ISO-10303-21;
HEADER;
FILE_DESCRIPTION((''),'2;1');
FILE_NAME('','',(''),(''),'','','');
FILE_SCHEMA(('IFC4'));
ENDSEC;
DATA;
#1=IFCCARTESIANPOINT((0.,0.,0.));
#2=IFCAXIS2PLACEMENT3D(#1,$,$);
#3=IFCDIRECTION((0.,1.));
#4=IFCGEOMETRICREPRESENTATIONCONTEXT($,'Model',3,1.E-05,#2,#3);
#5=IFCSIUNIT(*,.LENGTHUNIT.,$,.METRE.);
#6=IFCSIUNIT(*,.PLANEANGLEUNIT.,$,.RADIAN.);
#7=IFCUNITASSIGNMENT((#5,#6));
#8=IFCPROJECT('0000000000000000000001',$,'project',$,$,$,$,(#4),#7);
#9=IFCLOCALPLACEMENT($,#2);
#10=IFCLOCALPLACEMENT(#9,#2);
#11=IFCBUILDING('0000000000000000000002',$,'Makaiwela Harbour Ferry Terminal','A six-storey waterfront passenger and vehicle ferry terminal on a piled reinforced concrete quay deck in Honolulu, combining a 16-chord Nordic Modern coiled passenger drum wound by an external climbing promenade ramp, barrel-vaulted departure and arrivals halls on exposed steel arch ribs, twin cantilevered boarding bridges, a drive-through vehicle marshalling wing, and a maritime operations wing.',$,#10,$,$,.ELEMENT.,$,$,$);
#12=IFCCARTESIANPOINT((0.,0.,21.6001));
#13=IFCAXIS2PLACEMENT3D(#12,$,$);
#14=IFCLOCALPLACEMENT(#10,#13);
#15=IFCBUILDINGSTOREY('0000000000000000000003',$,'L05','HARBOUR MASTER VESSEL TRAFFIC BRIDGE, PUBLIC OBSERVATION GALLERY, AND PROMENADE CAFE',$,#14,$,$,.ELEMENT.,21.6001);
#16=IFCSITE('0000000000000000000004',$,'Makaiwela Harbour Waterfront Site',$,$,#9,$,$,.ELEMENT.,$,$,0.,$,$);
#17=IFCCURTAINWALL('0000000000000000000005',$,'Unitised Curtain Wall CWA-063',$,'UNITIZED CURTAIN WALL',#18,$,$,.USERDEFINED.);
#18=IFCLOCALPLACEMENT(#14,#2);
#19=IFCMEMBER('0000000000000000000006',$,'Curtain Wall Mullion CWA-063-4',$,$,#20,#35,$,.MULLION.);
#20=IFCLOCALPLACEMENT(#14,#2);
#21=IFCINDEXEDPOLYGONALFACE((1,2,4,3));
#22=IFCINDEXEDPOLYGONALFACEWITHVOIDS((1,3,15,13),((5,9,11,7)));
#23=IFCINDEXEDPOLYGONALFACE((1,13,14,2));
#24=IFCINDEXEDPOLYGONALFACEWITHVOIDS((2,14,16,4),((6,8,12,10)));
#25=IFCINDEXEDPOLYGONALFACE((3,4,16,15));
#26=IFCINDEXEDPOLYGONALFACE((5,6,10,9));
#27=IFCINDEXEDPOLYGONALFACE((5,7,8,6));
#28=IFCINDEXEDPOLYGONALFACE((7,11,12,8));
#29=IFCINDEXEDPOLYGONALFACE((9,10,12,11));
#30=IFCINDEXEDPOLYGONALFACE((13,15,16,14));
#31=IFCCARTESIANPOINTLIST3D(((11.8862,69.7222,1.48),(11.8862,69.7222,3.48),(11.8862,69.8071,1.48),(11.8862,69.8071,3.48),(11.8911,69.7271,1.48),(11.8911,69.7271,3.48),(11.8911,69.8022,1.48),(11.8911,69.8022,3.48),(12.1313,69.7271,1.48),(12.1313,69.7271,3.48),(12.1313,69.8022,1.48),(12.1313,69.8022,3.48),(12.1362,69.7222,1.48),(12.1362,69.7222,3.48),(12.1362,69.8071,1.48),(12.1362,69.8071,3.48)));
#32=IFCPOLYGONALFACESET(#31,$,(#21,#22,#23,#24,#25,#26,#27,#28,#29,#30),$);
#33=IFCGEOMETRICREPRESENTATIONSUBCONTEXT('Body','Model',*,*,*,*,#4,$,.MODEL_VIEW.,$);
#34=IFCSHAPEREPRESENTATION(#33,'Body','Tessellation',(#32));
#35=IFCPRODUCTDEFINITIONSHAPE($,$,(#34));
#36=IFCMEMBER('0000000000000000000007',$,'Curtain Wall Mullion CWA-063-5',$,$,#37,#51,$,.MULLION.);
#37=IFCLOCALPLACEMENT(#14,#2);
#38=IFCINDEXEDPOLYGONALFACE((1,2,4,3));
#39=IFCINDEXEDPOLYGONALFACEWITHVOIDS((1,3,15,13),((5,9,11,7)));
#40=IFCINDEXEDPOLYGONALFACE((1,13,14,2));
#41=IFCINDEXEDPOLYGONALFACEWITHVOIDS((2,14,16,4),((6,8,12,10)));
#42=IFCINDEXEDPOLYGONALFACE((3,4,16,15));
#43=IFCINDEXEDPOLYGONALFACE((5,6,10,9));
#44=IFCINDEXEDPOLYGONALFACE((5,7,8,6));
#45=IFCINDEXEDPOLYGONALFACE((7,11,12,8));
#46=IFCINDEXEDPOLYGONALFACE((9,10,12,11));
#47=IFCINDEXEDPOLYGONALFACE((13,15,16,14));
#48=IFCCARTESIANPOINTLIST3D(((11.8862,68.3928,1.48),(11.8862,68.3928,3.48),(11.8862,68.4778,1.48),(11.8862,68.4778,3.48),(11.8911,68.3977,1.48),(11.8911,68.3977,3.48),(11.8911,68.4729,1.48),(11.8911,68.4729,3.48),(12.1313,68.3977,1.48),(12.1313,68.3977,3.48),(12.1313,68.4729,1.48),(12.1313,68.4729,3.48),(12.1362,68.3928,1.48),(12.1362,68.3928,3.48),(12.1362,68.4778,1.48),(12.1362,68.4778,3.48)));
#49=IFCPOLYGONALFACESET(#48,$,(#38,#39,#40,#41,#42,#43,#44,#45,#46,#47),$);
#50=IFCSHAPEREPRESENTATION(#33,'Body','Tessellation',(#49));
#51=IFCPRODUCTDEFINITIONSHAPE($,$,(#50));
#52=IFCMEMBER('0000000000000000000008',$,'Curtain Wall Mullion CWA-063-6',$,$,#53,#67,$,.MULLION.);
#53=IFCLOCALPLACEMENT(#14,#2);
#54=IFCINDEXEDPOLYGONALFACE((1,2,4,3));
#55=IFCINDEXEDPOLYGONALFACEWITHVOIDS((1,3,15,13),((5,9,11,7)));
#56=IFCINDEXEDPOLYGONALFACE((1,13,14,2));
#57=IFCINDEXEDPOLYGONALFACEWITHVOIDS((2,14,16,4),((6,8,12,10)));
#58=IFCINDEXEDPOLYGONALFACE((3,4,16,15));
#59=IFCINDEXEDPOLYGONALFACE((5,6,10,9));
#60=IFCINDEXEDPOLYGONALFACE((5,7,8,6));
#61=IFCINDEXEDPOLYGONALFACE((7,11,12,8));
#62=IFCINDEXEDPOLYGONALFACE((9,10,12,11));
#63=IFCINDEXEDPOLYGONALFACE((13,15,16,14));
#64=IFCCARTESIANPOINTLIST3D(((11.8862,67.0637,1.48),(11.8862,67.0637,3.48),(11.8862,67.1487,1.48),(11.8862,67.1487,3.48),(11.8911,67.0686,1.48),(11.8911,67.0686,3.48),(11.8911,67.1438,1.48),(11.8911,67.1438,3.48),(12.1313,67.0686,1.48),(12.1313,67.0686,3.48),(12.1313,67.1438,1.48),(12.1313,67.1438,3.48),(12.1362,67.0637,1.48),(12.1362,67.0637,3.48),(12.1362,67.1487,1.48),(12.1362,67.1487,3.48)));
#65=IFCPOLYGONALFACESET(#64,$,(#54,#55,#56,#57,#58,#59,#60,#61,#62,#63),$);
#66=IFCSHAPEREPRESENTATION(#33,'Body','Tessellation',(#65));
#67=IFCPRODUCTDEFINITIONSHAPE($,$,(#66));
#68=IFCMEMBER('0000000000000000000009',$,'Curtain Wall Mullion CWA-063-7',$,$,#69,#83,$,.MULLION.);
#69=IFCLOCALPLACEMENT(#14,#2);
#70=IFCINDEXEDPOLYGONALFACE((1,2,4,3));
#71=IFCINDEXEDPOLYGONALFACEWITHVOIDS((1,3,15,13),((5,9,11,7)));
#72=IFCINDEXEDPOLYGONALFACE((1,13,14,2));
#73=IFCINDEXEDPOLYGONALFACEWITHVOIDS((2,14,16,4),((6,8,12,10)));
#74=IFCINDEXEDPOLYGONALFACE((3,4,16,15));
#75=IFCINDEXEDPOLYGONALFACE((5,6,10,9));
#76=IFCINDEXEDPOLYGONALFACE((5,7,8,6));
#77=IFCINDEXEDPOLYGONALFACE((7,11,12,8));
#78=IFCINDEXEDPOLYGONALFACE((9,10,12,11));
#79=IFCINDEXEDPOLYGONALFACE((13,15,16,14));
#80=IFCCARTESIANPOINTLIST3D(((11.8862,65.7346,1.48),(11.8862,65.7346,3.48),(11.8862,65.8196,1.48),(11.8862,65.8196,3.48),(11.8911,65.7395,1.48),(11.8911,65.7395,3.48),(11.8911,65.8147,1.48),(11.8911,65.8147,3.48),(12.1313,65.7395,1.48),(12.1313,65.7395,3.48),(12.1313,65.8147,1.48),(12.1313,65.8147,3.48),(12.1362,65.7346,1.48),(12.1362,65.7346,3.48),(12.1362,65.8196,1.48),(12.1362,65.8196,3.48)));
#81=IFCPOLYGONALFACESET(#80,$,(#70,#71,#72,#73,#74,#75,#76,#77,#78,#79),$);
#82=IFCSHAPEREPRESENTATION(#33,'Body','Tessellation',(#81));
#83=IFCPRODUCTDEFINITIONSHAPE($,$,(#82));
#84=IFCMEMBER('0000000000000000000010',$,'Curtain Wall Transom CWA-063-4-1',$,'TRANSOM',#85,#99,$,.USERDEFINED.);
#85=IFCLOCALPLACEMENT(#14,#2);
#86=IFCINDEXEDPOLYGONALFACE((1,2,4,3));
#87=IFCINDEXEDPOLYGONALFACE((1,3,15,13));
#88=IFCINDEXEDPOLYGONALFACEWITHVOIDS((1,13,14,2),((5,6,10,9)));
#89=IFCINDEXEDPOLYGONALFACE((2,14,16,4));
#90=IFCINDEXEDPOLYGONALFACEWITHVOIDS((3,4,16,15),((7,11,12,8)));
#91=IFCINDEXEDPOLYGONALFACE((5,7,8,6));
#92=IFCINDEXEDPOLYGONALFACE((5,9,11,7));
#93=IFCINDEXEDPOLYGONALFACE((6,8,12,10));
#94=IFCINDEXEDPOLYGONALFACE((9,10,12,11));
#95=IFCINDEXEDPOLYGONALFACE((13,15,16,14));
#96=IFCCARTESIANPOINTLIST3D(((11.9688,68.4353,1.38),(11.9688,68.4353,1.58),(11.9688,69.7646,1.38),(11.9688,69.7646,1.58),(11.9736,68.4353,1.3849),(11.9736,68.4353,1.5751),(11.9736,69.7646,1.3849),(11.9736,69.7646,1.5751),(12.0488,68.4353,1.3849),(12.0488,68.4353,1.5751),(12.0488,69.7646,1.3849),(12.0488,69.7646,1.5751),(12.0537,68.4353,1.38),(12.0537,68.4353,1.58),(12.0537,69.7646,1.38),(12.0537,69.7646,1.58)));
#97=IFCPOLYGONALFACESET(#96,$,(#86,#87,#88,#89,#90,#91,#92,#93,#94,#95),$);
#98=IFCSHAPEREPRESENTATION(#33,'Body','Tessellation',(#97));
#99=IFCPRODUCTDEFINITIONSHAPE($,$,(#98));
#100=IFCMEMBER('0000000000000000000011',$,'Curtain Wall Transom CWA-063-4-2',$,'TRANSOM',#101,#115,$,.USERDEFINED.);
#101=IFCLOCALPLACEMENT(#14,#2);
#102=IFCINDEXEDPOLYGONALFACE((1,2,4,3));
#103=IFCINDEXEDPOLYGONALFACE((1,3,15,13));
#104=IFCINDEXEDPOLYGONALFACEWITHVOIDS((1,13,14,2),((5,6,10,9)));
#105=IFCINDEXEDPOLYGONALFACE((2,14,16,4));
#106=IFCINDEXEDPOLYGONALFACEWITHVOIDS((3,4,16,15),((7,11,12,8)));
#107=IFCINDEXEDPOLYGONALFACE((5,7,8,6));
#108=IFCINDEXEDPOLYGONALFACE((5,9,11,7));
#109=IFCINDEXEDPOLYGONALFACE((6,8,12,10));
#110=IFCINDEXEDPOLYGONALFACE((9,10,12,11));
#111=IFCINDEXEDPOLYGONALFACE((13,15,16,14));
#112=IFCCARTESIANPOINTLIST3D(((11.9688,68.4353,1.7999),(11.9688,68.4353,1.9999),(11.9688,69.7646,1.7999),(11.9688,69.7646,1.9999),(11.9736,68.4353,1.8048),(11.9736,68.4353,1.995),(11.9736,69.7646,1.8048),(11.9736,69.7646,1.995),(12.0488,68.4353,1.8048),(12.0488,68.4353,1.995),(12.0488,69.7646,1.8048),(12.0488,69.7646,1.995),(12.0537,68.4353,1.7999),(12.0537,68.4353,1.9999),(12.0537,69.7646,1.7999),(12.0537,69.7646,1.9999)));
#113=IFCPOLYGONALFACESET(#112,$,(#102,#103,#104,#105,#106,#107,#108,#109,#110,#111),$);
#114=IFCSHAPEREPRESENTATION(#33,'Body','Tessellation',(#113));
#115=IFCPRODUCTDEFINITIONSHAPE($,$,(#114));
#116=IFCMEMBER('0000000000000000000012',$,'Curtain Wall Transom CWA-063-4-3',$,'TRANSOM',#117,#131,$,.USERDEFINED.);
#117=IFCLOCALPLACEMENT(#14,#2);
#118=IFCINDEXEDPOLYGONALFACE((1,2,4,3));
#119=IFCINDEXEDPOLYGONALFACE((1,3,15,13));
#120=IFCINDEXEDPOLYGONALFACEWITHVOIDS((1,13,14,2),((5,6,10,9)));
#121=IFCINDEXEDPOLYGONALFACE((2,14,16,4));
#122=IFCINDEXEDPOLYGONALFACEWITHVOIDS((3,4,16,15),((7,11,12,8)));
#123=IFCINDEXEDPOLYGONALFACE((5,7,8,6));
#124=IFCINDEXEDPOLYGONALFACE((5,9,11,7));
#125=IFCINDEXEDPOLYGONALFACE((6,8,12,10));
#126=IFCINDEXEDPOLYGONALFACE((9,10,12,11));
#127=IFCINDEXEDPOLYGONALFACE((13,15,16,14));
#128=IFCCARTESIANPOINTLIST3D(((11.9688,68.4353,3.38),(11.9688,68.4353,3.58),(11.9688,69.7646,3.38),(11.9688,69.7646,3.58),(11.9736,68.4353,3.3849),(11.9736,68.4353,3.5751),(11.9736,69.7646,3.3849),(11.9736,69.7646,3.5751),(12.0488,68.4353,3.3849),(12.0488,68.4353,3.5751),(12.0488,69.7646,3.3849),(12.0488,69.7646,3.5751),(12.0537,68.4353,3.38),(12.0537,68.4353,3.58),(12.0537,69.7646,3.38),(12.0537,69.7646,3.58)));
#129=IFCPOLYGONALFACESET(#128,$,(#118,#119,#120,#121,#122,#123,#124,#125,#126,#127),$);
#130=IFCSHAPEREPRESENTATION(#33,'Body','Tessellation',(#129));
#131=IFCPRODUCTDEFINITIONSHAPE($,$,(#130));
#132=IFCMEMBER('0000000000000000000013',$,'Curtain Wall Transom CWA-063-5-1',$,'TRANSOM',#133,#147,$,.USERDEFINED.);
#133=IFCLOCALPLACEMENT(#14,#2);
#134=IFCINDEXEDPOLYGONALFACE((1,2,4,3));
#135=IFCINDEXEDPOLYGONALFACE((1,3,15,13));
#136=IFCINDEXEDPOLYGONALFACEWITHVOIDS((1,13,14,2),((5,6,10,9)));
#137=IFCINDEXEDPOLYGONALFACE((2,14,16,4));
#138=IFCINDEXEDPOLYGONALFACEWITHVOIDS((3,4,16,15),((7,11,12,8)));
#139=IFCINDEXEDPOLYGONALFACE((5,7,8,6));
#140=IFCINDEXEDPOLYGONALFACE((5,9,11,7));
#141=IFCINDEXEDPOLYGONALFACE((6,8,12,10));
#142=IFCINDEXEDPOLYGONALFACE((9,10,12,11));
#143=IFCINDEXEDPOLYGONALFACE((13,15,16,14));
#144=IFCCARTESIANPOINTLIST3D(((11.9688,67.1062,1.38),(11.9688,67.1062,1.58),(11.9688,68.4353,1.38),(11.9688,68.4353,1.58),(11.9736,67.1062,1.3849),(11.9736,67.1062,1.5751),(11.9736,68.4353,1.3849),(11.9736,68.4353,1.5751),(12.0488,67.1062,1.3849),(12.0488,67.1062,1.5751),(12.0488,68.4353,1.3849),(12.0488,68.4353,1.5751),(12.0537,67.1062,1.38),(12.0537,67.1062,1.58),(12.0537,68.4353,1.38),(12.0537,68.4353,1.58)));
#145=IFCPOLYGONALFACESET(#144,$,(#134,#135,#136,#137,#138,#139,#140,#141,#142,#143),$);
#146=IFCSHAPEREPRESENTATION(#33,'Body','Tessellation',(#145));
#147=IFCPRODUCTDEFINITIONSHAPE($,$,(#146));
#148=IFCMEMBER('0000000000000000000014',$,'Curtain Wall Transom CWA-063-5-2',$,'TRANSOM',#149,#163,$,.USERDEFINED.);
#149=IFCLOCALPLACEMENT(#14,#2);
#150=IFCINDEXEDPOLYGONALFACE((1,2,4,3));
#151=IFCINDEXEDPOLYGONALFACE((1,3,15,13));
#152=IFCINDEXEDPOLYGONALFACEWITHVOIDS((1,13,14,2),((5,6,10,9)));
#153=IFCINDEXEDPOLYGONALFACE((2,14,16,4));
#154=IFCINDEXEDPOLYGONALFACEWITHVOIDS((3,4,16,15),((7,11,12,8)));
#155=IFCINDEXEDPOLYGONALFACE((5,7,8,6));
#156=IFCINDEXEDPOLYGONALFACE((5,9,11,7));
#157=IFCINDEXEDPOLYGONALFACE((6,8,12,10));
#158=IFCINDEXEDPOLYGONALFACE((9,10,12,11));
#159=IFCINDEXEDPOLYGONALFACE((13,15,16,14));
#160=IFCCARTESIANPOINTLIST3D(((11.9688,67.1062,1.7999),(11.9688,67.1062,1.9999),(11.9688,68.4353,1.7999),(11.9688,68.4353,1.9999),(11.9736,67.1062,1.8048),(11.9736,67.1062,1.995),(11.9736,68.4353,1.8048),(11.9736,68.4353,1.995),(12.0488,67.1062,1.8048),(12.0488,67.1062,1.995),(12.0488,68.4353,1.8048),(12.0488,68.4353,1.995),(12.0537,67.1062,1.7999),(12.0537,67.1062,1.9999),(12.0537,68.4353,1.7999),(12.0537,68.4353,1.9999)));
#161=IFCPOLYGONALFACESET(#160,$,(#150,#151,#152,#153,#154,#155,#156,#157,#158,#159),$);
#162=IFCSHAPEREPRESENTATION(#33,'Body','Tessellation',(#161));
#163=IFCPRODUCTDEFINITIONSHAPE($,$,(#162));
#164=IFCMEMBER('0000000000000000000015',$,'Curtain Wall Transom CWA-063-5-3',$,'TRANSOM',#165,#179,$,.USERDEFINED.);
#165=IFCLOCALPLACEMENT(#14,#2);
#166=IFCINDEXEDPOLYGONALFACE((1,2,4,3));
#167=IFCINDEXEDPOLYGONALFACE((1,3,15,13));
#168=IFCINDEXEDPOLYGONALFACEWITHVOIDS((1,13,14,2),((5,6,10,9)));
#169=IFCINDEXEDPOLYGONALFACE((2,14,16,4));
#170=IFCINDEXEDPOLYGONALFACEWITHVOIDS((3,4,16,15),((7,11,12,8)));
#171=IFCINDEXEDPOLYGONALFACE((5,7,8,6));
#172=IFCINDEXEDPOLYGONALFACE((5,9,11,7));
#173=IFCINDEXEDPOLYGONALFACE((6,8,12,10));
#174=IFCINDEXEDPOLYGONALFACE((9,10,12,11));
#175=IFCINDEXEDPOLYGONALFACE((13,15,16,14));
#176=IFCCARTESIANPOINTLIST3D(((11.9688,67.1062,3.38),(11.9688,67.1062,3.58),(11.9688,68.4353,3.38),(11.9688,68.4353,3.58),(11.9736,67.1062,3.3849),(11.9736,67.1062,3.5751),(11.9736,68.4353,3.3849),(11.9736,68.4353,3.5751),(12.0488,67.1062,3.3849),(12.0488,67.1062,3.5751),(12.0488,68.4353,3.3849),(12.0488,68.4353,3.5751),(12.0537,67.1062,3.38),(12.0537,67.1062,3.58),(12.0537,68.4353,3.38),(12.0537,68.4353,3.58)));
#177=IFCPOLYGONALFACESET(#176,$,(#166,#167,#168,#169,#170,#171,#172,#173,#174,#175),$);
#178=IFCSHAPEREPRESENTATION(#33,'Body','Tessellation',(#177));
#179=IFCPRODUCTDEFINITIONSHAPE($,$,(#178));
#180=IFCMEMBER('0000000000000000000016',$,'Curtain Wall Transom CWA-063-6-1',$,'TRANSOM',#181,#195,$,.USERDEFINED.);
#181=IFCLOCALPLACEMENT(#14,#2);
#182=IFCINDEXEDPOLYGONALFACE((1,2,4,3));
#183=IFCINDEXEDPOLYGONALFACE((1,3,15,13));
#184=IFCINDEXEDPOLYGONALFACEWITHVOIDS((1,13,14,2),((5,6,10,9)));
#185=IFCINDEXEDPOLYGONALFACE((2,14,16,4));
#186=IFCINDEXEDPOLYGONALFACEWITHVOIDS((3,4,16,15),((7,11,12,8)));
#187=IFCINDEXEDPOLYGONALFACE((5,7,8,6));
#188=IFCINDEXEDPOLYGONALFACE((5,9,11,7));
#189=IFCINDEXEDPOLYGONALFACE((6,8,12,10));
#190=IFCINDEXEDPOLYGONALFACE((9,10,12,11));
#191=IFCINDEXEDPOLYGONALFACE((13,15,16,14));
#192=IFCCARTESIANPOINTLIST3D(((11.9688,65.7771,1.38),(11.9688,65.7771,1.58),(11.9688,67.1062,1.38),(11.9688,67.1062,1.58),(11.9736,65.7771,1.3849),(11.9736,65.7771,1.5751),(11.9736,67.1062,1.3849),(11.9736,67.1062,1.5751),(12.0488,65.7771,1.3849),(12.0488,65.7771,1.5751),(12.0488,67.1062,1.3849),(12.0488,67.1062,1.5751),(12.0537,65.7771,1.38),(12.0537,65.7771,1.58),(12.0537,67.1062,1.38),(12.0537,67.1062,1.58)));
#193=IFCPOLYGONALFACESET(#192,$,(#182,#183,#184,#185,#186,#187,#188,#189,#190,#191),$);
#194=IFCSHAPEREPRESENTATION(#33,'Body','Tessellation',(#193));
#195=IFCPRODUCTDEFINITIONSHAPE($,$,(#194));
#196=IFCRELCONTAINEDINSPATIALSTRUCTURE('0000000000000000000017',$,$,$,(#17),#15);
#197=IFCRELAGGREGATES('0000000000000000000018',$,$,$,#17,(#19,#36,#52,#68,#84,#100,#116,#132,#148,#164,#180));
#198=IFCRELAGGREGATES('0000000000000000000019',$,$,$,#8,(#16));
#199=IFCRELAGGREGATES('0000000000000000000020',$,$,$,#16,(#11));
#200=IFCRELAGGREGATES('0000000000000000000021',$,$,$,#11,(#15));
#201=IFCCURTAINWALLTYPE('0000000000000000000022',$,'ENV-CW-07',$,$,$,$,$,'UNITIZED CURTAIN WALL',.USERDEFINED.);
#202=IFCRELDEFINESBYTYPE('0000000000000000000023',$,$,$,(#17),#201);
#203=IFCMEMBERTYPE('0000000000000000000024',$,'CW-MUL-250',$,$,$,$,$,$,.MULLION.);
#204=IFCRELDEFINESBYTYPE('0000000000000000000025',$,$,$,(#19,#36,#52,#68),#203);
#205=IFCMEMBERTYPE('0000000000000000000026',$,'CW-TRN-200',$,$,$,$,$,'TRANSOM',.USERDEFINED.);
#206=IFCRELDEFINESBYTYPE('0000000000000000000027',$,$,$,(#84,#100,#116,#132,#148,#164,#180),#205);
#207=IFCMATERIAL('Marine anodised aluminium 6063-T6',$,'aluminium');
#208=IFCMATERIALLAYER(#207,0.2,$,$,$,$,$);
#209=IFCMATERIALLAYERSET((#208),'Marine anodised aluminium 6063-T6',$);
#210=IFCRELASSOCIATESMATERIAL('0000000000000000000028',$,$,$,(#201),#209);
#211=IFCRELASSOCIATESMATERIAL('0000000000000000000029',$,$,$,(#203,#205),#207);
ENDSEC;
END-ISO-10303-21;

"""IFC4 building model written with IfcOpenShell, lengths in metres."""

from ifc_helpers import new_model, si_unit, direction, frame, origin, origin_2d, place, context, subcontext, project, spatial, hollow_rectangle, extrude, material, layer, layer_set, material_profile, profile_set, type_object, element, aggregate, save


model = new_model("IFC4")

# Units and contexts
model_context = context("Model", 3, precision=1e-05, world=origin(), true_north=direction((0.0, 1.0)))
body_context = subcontext(model_context, "Body", "Model", "MODEL_VIEW")
ifc_project = project(units=[si_unit("LENGTHUNIT", "METRE"), si_unit("PLANEANGLEUNIT", "RADIAN")], contexts=[model_context])

# Site, building, storey
site_placement = place(None, origin())
site = spatial("IfcSite", under=ifc_project, at=site_placement, Name="Makaiwela Harbour Waterfront Site", CompositionType="ELEMENT", RefElevation=0.0)
building_placement = place(site_placement, origin())
building = spatial("IfcBuilding", under=site, at=building_placement, Name="Makaiwela Harbour Ferry Terminal", Description="A six-storey waterfront passenger and vehicle ferry terminal on a piled reinforced concrete quay deck in Honolulu, combining a 16-chord Nordic Modern coiled passenger drum wound by an external climbing promenade ramp, barrel-vaulted departure and arrivals halls on exposed steel arch ribs, twin cantilevered boarding bridges, a drive-through vehicle marshalling wing, and a maritime operations wing.", CompositionType="ELEMENT")
storey_placement = place(building_placement, frame((0.0, 0.0, 21.6001)))
storey = spatial("IfcBuildingStorey", under=building, at=storey_placement, Name="L05", Description="HARBOUR MASTER VESSEL TRAFFIC BRIDGE, PUBLIC OBSERVATION GALLERY, AND PROMENADE CAFE", CompositionType="ELEMENT", Elevation=21.6001)

# Curtain wall, members
ifc_material_1 = material(Name="Marine anodised aluminium 6063-T6", Category="aluminium")
ifc_layer_1 = layer(ifc_material_1, 0.2)
ifc_layer_set_1 = layer_set([ifc_layer_1], Name="Marine anodised aluminium 6063-T6")
curtain_wall_type = type_object("IfcCurtainWallType", Name="ENV-CW-07", ElementType="UNITIZED CURTAIN WALL", PredefinedType="USERDEFINED", material=ifc_layer_set_1)
curtain_wall_placement = place(storey_placement, origin())
curtain_wall = element("IfcCurtainWall", 1, at=curtain_wall_placement, inside=storey, type_object=curtain_wall_type, Name="Unitised Curtain Wall CWA-063", ObjectType="UNITIZED CURTAIN WALL", PredefinedType="USERDEFINED")
ifc_material_profile_1 = material_profile(ifc_material_1, hollow_rectangle(XDim=0.085, YDim=0.25, WallThickness=0.0049, at=origin_2d()), Name="CWM-250X85")
ifc_profile_set_1 = profile_set([ifc_material_profile_1], Name="Marine anodised aluminium 6063-T6")
member_type_1 = type_object("IfcMemberType", Name="CW-MUL-250", PredefinedType="MULLION", material=ifc_profile_set_1)
member_1_placement = place(storey_placement, frame((12.0112, 69.7646, 1.48), z_axis=(0.0, 0.0, 1.0), x_axis=(0.0, 1.0, 0.0)))
member_1 = element("IfcMember", 2, at=member_1_placement, type_object=member_type_1, Name="Curtain Wall Mullion CWA-063-4", PredefinedType="MULLION", context=body_context, shape_type="SweptSolid", body=[
    extrude(hollow_rectangle(XDim=0.085, YDim=0.25, WallThickness=0.0049, at=origin_2d()), origin(), (0.0, 0.0, 1.0), 2.0),
])
member_2_placement = place(storey_placement, frame((12.0112, 68.4353, 1.48), z_axis=(0.0, 0.0, 1.0), x_axis=(0.0, 1.0, 0.0)))
member_2 = element("IfcMember", 3, at=member_2_placement, type_object=member_type_1, Name="Curtain Wall Mullion CWA-063-5", PredefinedType="MULLION", context=body_context, shape_type="SweptSolid", body=[
    extrude(hollow_rectangle(XDim=0.085, YDim=0.25, WallThickness=0.0049, at=origin_2d()), origin(), (0.0, 0.0, 1.0), 2.0),
])
member_3_placement = place(storey_placement, frame((12.0112, 67.1062, 1.48), z_axis=(0.0, 0.0, 1.0), x_axis=(0.0, 1.0, 0.0)))
member_3 = element("IfcMember", 4, at=member_3_placement, type_object=member_type_1, Name="Curtain Wall Mullion CWA-063-6", PredefinedType="MULLION", context=body_context, shape_type="SweptSolid", body=[
    extrude(hollow_rectangle(XDim=0.085, YDim=0.25, WallThickness=0.0049, at=origin_2d()), origin(), (0.0, 0.0, 1.0), 2.0),
])
member_4_placement = place(storey_placement, frame((12.0112, 65.7771, 1.48), z_axis=(0.0, 0.0, 1.0), x_axis=(0.0, 1.0, 0.0)))
member_4 = element("IfcMember", 5, at=member_4_placement, type_object=member_type_1, Name="Curtain Wall Mullion CWA-063-7", PredefinedType="MULLION", context=body_context, shape_type="SweptSolid", body=[
    extrude(hollow_rectangle(XDim=0.085, YDim=0.25, WallThickness=0.0049, at=origin_2d()), origin(), (0.0, 0.0, 1.0), 2.0),
])
ifc_material_profile_2 = material_profile(ifc_material_1, hollow_rectangle(XDim=0.085, YDim=0.2, WallThickness=0.0049, at=origin_2d()), Name="CWT-200X85")
ifc_profile_set_2 = profile_set([ifc_material_profile_2], Name="Marine anodised aluminium 6063-T6")
member_type_2 = type_object("IfcMemberType", Name="CW-TRN-200", ElementType="TRANSOM", PredefinedType="USERDEFINED", material=ifc_profile_set_2)
member_5_placement = place(storey_placement, frame((12.0112, 69.7646, 1.48), z_axis=(0.0, -1.0, 0.0), x_axis=(1.0, 0.0, 0.0)))
member_5 = element("IfcMember", 6, at=member_5_placement, type_object=member_type_2, Name="Curtain Wall Transom CWA-063-4-1", ObjectType="TRANSOM", PredefinedType="USERDEFINED", context=body_context, shape_type="SweptSolid", body=[
    extrude(hollow_rectangle(XDim=0.085, YDim=0.2, WallThickness=0.0049, at=origin_2d()), origin(), (0.0, 0.0, 1.0), 1.3293),
])
member_6_placement = place(storey_placement, frame((12.0112, 69.7646, 1.8999), z_axis=(0.0, -1.0, 0.0), x_axis=(1.0, 0.0, 0.0)))
member_6 = element("IfcMember", 7, at=member_6_placement, type_object=member_type_2, Name="Curtain Wall Transom CWA-063-4-2", ObjectType="TRANSOM", PredefinedType="USERDEFINED", context=body_context, shape_type="SweptSolid", body=[
    extrude(hollow_rectangle(XDim=0.085, YDim=0.2, WallThickness=0.0049, at=origin_2d()), origin(), (0.0, 0.0, 1.0), 1.3293),
])
member_7_placement = place(storey_placement, frame((12.0112, 69.7646, 3.48), z_axis=(0.0, -1.0, 0.0), x_axis=(1.0, 0.0, 0.0)))
member_7 = element("IfcMember", 8, at=member_7_placement, type_object=member_type_2, Name="Curtain Wall Transom CWA-063-4-3", ObjectType="TRANSOM", PredefinedType="USERDEFINED", context=body_context, shape_type="SweptSolid", body=[
    extrude(hollow_rectangle(XDim=0.085, YDim=0.2, WallThickness=0.0049, at=origin_2d()), origin(), (0.0, 0.0, 1.0), 1.3293),
])
member_8_placement = place(storey_placement, frame((12.0112, 68.4353, 1.48), z_axis=(0.0, -1.0, 0.0), x_axis=(1.0, 0.0, 0.0)))
member_8 = element("IfcMember", 9, at=member_8_placement, type_object=member_type_2, Name="Curtain Wall Transom CWA-063-5-1", ObjectType="TRANSOM", PredefinedType="USERDEFINED", context=body_context, shape_type="SweptSolid", body=[
    extrude(hollow_rectangle(XDim=0.085, YDim=0.2, WallThickness=0.0049, at=origin_2d()), origin(), (0.0, 0.0, 1.0), 1.3291),
])
member_9_placement = place(storey_placement, frame((12.0112, 68.4353, 1.8999), z_axis=(0.0, -1.0, 0.0), x_axis=(1.0, 0.0, 0.0)))
member_9 = element("IfcMember", 10, at=member_9_placement, type_object=member_type_2, Name="Curtain Wall Transom CWA-063-5-2", ObjectType="TRANSOM", PredefinedType="USERDEFINED", context=body_context, shape_type="SweptSolid", body=[
    extrude(hollow_rectangle(XDim=0.085, YDim=0.2, WallThickness=0.0049, at=origin_2d()), origin(), (0.0, 0.0, 1.0), 1.3291),
])
member_10_placement = place(storey_placement, frame((12.0112, 68.4353, 3.48), z_axis=(0.0, -1.0, 0.0), x_axis=(1.0, 0.0, 0.0)))
member_10 = element("IfcMember", 11, at=member_10_placement, type_object=member_type_2, Name="Curtain Wall Transom CWA-063-5-3", ObjectType="TRANSOM", PredefinedType="USERDEFINED", context=body_context, shape_type="SweptSolid", body=[
    extrude(hollow_rectangle(XDim=0.085, YDim=0.2, WallThickness=0.0049, at=origin_2d()), origin(), (0.0, 0.0, 1.0), 1.3291),
])
member_11_placement = place(storey_placement, frame((12.0112, 67.1062, 1.48), z_axis=(0.0, -1.0, 0.0), x_axis=(1.0, 0.0, 0.0)))
member_11 = element("IfcMember", 12, at=member_11_placement, type_object=member_type_2, Name="Curtain Wall Transom CWA-063-6-1", ObjectType="TRANSOM", PredefinedType="USERDEFINED", context=body_context, shape_type="SweptSolid", body=[
    extrude(hollow_rectangle(XDim=0.085, YDim=0.2, WallThickness=0.0049, at=origin_2d()), origin(), (0.0, 0.0, 1.0), 1.3291),
])
aggregate(curtain_wall, [member_1, member_2, member_3, member_4, member_5, member_6, member_7, member_8, member_9, member_10, member_11])

save(model, "model.ifc")
